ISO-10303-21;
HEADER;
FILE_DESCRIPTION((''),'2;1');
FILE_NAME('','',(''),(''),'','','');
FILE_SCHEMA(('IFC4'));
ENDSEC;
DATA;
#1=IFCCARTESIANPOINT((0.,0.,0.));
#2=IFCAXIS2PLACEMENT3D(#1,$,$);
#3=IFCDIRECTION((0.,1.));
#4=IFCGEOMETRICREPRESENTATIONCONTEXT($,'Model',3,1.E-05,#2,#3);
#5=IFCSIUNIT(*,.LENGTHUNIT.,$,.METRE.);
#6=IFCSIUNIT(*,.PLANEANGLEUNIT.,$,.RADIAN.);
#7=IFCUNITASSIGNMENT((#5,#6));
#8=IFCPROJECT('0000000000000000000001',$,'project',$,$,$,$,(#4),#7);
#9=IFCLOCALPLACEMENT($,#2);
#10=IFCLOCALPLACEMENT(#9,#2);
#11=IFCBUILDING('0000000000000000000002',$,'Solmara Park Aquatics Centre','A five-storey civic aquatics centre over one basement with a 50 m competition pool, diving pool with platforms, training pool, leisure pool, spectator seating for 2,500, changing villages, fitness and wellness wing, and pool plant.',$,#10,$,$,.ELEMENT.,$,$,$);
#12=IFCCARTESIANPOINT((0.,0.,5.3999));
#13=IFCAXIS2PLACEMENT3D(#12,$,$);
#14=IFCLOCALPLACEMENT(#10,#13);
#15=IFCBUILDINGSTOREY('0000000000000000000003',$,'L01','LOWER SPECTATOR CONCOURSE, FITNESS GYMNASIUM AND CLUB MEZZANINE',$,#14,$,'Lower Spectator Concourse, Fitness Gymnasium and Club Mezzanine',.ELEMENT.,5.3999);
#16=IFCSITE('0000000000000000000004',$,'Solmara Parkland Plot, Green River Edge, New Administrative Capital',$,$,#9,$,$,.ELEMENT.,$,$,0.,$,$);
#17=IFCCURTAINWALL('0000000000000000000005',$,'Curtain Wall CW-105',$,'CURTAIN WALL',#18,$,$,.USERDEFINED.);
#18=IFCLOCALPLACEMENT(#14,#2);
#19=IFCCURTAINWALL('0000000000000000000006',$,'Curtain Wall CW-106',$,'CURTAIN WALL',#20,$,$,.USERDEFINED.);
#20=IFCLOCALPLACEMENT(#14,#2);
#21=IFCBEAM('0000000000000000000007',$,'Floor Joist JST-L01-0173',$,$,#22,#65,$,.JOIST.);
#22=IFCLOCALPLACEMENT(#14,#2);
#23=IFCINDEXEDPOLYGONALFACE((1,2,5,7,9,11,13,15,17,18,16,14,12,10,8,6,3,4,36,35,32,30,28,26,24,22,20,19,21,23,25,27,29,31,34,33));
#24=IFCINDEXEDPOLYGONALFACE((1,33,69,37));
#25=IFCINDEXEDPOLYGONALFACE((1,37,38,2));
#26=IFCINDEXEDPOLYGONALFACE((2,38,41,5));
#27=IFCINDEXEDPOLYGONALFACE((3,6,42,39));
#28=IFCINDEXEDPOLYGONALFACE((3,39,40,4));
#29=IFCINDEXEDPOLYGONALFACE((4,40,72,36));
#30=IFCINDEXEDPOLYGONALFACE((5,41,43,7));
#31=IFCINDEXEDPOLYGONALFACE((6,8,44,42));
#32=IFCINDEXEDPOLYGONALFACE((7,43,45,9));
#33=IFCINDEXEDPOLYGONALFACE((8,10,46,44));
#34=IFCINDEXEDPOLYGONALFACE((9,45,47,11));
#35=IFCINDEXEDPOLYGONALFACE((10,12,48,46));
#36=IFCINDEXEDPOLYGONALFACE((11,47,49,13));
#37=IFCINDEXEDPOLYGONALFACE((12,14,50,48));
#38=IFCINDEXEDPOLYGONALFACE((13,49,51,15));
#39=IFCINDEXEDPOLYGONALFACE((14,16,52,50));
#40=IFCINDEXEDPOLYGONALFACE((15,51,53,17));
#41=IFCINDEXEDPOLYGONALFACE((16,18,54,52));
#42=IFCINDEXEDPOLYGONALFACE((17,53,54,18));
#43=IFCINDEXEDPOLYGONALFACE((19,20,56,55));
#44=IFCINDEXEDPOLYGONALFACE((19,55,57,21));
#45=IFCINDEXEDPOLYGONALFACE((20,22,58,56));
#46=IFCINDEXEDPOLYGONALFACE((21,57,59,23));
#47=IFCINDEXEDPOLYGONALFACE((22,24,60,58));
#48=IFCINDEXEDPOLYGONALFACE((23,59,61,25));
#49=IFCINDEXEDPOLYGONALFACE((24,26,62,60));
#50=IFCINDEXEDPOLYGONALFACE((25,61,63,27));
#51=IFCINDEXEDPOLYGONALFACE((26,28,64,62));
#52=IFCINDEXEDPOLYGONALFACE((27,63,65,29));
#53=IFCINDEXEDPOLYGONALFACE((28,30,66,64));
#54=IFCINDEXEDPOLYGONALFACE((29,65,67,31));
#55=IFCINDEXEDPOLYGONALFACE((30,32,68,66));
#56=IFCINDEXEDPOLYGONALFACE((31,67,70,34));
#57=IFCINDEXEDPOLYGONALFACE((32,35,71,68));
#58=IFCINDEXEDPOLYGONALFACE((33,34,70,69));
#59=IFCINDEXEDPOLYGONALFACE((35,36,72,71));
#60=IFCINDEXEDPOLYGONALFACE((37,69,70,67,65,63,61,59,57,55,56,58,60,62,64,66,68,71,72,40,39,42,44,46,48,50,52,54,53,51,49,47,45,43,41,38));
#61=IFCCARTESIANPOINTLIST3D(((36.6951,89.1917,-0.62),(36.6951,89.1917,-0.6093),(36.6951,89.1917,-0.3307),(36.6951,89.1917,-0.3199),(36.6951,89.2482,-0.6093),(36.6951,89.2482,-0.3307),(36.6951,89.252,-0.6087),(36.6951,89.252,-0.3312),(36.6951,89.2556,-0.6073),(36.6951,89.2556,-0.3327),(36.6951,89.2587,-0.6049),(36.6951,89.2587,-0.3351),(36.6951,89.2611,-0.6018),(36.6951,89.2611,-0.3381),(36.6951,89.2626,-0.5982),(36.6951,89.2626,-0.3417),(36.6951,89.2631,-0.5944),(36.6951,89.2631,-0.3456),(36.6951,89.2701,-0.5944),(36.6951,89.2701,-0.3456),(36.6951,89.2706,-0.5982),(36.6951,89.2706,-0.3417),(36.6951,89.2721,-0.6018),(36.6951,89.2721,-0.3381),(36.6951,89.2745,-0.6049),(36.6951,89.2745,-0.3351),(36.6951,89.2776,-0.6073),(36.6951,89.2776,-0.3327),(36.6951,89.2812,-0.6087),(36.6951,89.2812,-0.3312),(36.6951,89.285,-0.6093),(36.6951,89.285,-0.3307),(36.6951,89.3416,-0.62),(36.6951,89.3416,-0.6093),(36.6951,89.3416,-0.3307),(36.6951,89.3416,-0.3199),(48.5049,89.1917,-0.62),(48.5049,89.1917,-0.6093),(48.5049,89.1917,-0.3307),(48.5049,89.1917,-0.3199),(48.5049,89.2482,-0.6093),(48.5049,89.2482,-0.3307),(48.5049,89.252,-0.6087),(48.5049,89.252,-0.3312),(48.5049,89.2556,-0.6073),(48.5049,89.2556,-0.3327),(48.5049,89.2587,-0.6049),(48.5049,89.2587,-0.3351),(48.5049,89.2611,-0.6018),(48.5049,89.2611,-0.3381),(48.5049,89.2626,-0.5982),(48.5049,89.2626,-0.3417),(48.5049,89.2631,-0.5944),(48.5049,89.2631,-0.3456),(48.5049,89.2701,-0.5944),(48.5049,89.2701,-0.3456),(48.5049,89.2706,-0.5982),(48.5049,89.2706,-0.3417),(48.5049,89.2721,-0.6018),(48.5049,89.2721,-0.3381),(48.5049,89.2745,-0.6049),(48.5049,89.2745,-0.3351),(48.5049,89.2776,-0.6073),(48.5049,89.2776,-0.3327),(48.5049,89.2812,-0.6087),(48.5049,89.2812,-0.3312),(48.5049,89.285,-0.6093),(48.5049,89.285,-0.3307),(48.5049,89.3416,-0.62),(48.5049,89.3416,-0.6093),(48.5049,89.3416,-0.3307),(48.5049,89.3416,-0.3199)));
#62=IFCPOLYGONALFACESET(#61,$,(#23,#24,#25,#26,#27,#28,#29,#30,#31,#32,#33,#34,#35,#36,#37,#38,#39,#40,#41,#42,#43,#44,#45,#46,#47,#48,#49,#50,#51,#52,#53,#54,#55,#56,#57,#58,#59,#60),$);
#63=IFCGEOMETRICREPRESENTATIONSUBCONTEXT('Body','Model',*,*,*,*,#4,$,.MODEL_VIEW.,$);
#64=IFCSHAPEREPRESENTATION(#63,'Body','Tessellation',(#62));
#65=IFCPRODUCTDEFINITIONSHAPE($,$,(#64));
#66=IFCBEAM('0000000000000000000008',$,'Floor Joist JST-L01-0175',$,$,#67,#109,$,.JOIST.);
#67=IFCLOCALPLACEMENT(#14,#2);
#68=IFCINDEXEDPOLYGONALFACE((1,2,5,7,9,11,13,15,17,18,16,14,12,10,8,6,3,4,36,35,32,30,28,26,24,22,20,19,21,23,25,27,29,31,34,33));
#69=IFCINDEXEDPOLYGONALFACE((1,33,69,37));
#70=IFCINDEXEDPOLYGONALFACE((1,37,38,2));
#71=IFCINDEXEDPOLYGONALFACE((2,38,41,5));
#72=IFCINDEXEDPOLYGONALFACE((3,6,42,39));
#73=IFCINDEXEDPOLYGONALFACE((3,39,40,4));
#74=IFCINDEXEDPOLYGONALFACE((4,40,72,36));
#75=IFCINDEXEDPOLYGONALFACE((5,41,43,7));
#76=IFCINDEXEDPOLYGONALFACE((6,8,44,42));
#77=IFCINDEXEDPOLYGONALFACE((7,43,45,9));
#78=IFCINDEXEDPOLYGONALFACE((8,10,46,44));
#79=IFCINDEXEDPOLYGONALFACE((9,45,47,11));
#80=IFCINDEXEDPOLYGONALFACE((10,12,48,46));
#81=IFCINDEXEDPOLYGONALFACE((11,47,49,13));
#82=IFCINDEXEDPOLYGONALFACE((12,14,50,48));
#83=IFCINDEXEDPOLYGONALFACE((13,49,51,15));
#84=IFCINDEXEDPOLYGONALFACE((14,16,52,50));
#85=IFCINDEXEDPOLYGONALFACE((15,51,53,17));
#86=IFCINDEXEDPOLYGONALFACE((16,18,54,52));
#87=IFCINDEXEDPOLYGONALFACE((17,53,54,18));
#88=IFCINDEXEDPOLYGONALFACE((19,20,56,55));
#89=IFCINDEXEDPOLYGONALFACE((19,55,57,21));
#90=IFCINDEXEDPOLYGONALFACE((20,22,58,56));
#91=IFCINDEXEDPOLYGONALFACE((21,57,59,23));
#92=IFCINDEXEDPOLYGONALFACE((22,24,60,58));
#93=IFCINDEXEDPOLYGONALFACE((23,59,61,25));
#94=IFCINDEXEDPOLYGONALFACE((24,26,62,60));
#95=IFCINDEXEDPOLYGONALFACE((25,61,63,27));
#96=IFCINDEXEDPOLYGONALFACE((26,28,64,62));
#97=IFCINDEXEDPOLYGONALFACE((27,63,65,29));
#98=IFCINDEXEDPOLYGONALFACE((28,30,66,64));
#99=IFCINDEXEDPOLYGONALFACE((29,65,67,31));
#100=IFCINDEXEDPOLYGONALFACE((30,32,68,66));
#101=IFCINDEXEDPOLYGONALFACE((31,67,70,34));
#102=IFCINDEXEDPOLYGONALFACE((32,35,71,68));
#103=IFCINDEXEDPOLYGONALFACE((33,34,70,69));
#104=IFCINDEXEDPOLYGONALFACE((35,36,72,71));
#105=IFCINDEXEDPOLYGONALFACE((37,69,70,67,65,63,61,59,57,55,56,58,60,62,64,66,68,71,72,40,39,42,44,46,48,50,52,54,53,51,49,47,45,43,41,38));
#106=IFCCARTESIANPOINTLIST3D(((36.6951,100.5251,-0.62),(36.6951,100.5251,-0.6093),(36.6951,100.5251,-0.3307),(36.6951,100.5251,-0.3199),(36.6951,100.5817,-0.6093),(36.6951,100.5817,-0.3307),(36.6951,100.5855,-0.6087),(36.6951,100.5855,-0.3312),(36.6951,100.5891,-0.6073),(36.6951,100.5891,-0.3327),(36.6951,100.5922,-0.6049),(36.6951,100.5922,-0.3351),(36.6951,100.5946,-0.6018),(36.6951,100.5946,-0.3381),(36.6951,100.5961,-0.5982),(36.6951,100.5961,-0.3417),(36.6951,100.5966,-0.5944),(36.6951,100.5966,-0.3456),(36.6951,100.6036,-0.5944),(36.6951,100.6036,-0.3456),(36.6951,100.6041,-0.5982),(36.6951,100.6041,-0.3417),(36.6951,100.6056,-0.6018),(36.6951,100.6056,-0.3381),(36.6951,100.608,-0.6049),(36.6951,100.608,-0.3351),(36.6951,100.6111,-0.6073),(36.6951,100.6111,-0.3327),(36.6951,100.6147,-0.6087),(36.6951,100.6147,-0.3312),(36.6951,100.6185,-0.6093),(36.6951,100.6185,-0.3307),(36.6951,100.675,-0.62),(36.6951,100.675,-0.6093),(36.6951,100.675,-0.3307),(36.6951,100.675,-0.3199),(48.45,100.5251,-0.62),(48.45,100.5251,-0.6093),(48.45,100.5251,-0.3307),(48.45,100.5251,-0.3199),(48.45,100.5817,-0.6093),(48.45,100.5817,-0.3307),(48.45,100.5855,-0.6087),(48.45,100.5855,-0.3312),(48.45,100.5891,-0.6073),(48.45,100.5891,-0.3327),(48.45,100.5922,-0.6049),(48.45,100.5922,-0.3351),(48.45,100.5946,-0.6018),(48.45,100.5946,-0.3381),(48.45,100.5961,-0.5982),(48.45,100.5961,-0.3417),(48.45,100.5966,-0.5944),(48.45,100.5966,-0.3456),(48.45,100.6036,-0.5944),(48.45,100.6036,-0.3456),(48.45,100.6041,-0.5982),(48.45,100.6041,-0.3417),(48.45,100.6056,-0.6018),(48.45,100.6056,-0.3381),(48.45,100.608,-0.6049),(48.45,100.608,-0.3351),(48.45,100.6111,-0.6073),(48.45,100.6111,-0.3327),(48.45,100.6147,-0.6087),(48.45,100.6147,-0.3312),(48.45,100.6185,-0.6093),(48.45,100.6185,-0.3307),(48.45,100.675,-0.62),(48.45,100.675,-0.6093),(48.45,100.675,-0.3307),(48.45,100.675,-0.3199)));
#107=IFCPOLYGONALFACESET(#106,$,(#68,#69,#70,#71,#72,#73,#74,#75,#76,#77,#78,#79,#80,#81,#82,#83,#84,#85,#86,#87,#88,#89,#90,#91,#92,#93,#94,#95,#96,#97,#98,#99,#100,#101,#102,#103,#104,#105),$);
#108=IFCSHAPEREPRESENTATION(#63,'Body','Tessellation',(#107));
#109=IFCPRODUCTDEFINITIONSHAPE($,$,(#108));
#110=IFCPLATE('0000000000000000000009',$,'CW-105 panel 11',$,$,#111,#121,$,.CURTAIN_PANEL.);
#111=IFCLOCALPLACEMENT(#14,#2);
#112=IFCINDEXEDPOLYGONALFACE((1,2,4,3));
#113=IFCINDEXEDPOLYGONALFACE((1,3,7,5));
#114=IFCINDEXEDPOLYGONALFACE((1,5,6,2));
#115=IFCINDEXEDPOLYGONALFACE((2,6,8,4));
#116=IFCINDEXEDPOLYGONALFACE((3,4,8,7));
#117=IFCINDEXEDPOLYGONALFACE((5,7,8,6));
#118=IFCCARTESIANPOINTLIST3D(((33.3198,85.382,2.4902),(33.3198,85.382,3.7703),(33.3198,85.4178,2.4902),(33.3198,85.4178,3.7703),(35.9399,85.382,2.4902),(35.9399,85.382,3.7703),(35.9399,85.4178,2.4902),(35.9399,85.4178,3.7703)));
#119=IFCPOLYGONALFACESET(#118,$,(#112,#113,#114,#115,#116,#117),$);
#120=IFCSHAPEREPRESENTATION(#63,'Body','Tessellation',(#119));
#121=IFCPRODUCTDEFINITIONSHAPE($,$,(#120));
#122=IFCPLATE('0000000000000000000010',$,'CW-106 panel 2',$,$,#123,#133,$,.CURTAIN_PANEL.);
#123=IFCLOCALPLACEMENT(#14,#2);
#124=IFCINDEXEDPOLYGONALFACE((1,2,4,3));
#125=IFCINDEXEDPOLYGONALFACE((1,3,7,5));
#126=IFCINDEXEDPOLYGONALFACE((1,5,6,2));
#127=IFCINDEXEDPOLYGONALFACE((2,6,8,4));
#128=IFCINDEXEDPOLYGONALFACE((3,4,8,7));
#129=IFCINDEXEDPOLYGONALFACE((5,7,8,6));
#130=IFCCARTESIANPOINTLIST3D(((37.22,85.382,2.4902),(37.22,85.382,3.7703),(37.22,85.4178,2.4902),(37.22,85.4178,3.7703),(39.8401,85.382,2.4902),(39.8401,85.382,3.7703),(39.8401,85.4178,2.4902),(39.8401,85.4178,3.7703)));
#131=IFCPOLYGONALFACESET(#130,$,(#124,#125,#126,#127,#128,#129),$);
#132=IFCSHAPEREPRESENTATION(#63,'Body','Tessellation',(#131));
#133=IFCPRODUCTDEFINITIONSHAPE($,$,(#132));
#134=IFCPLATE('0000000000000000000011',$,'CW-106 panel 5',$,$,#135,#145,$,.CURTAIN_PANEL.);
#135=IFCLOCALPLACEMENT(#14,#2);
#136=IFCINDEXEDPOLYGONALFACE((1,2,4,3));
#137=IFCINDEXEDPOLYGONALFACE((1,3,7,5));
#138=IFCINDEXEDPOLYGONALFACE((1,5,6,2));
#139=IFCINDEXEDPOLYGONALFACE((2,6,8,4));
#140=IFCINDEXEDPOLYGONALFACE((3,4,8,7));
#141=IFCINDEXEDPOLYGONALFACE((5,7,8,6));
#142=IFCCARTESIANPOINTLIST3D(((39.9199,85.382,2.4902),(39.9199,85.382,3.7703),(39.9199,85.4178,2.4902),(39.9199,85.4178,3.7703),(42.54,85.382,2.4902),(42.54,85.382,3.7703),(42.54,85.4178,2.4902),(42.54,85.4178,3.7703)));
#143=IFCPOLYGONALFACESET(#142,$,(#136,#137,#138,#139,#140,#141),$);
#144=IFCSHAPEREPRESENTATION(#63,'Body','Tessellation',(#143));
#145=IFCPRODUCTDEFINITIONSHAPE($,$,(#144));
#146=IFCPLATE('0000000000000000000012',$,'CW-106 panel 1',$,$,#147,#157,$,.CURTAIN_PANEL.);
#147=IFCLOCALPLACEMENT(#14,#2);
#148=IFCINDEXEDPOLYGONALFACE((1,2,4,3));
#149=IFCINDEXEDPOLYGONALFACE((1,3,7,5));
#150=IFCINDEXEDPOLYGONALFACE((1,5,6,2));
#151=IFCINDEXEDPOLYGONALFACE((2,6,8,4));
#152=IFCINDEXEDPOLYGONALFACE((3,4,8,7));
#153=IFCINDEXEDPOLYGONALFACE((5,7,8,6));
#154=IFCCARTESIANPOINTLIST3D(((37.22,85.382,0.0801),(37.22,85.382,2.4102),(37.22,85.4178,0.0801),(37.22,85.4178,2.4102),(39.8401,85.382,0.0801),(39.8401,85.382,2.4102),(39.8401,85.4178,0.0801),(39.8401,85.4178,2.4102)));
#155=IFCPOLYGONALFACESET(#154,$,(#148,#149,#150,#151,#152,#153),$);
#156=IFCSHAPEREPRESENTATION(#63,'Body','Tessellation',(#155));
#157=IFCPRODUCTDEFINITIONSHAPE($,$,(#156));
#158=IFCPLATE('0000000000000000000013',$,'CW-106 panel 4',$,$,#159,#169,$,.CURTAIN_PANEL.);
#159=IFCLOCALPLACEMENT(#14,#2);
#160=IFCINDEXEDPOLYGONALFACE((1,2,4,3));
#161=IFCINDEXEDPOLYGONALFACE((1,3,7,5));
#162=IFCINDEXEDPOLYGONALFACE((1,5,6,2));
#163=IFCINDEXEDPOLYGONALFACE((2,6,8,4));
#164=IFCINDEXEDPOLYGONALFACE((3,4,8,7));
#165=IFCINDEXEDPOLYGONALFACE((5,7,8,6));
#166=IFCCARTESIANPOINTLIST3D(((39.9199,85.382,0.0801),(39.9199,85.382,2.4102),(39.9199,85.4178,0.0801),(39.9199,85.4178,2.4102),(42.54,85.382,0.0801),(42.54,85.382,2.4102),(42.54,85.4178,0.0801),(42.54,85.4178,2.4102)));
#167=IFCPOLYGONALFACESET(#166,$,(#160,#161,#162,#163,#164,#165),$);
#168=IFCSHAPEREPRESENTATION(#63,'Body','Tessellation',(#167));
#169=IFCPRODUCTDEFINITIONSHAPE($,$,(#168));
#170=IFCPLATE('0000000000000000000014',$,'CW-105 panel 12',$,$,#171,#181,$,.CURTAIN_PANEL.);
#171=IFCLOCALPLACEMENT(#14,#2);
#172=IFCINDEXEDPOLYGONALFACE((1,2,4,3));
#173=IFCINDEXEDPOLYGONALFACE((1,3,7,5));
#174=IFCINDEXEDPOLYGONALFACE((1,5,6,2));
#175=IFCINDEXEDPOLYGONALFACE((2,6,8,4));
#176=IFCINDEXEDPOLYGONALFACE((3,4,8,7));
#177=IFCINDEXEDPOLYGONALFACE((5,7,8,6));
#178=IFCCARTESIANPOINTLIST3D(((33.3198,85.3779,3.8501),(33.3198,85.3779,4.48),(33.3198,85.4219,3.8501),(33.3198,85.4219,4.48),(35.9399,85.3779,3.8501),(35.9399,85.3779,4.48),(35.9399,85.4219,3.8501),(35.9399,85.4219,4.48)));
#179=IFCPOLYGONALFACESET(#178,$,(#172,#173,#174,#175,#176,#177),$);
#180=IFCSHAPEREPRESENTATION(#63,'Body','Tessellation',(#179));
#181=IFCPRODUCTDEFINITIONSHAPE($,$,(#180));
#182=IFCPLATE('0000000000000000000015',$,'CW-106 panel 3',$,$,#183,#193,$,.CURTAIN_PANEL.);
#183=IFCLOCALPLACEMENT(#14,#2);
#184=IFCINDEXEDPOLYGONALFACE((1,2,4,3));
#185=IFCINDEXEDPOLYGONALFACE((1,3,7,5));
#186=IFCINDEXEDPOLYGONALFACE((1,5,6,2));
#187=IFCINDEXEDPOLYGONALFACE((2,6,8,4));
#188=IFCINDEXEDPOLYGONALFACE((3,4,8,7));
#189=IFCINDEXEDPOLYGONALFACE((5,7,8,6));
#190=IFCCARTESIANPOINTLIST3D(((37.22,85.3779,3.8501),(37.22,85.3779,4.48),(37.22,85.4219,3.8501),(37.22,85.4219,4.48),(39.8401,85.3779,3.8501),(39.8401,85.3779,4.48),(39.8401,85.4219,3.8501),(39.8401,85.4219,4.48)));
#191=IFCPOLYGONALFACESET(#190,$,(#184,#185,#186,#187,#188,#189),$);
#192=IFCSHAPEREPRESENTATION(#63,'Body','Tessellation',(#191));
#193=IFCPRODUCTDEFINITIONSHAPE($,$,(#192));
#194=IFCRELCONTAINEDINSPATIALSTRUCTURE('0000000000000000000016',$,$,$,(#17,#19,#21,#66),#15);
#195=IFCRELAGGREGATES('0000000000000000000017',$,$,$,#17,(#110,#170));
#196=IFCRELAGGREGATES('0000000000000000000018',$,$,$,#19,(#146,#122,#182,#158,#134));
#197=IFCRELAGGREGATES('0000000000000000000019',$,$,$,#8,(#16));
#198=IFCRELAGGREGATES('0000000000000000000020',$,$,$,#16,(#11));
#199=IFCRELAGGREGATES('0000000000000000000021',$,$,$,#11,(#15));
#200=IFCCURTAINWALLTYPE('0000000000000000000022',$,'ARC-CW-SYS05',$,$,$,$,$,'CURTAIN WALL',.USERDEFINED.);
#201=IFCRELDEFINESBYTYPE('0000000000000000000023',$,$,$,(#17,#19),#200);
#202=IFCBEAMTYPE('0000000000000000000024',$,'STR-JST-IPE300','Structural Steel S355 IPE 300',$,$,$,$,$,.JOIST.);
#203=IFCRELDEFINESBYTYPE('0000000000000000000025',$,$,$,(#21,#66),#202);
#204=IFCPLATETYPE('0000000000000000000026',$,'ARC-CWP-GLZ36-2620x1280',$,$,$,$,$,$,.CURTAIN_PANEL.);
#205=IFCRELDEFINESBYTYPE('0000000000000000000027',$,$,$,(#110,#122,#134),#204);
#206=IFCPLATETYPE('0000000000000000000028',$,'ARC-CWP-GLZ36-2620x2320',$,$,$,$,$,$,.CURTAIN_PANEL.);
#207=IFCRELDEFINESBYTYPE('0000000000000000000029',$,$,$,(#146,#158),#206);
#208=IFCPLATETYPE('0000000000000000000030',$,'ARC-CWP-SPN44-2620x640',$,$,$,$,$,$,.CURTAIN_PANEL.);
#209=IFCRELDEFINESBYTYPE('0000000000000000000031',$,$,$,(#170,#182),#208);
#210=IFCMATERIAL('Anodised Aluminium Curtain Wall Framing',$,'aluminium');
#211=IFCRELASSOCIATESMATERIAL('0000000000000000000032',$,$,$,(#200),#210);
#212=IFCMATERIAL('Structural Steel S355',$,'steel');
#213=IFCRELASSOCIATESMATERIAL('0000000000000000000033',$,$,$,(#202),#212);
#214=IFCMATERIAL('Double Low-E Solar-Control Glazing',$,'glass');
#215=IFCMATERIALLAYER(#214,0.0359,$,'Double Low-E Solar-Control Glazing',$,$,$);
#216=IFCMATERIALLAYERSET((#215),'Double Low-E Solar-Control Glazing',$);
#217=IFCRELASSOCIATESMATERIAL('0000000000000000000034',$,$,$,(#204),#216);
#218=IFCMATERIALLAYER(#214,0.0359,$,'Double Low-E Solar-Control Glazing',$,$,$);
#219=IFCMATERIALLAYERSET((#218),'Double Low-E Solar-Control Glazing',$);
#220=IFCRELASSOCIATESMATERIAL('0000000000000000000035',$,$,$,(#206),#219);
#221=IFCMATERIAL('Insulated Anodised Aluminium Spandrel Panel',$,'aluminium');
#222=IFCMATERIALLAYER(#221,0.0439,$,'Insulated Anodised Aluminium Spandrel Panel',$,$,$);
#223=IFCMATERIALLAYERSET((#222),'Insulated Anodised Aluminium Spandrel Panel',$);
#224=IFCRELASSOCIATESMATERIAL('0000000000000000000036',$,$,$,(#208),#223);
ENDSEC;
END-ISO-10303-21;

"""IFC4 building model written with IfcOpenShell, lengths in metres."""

from ifc_helpers import new_model, si_unit, direction, frame, origin, origin_2d, place, context, subcontext, project, spatial, rectangle, i_section, extrude, material, layer, layer_set, material_profile, profile_set, type_object, element, aggregate, save


model = new_model("IFC4")

# Units and contexts
model_context = context("Model", 3, precision=1e-05, world=origin(), true_north=direction((0.0, 1.0)))
body_context = subcontext(model_context, "Body", "Model", "MODEL_VIEW")
ifc_project = project(units=[si_unit("LENGTHUNIT", "METRE"), si_unit("PLANEANGLEUNIT", "RADIAN")], contexts=[model_context])

# Site, building, storey
site_placement = place(None, origin())
site = spatial("IfcSite", under=ifc_project, at=site_placement, Name="Solmara Parkland Plot, Green River Edge, New Administrative Capital", CompositionType="ELEMENT", RefElevation=0.0)
building_placement = place(site_placement, origin())
building = spatial("IfcBuilding", under=site, at=building_placement, Name="Solmara Park Aquatics Centre", Description="A five-storey civic aquatics centre over one basement with a 50 m competition pool, diving pool with platforms, training pool, leisure pool, spectator seating for 2,500, changing villages, fitness and wellness wing, and pool plant.", CompositionType="ELEMENT")
storey_placement = place(building_placement, frame((0.0, 0.0, 5.3999)))
storey = spatial("IfcBuildingStorey", under=building, at=storey_placement, Name="L01", Description="LOWER SPECTATOR CONCOURSE, FITNESS GYMNASIUM AND CLUB MEZZANINE", LongName="Lower Spectator Concourse, Fitness Gymnasium and Club Mezzanine", CompositionType="ELEMENT", Elevation=5.3999)

# Shared definitions
ifc_material_1 = material(Name="Structural Steel S355", Category="steel")

# Curtain wall
ifc_material_2 = material(Name="Anodised Aluminium Curtain Wall Framing", Category="aluminium")
curtain_wall_type = type_object("IfcCurtainWallType", Name="ARC-CW-SYS05", ElementType="CURTAIN WALL", PredefinedType="USERDEFINED", material=ifc_material_2)
curtain_wall_1_placement = place(storey_placement, origin())
curtain_wall_1 = element("IfcCurtainWall", 1, at=curtain_wall_1_placement, inside=storey, type_object=curtain_wall_type, Name="Curtain Wall CW-105", ObjectType="CURTAIN WALL", PredefinedType="USERDEFINED")

# Curtain wall
curtain_wall_2_placement = place(storey_placement, origin())
curtain_wall_2 = element("IfcCurtainWall", 2, at=curtain_wall_2_placement, inside=storey, type_object=curtain_wall_type, Name="Curtain Wall CW-106", ObjectType="CURTAIN WALL", PredefinedType="USERDEFINED")

# Beams
ifc_material_profile_1 = material_profile(ifc_material_1, i_section(OverallWidth=0.1499, OverallDepth=0.3, WebThickness=0.0071, FlangeThickness=0.0107, FilletRadius=0.0149, at=origin_2d()), Name="IPE 300")
ifc_profile_set_1 = profile_set([ifc_material_profile_1], Name="Structural Steel S355")
beam_type_1 = type_object("IfcBeamType", Name="STR-JST-IPE300", Description="Structural Steel S355 IPE 300", PredefinedType="JOIST", material=ifc_profile_set_1)
beam_1_placement = place(storey_placement, frame((36.6951, 89.2666, -0.47), z_axis=(1.0, 0.0, 0.0), x_axis=(0.0, 1.0, 0.0)))
element("IfcBeam", 3, at=beam_1_placement, inside=storey, type_object=beam_type_1, Name="Floor Joist JST-L01-0173", PredefinedType="JOIST", context=body_context, shape_type="SweptSolid", body=[
    extrude(i_section(OverallWidth=0.1499, OverallDepth=0.3, WebThickness=0.0071, FlangeThickness=0.0107, FilletRadius=0.0149, at=origin_2d()), origin(), (0.0, 0.0, 1.0), 11.8098),
])
beam_2_placement = place(storey_placement, frame((36.6951, 100.6001, -0.47), z_axis=(1.0, 0.0, 0.0), x_axis=(0.0, 1.0, 0.0)))
element("IfcBeam", 4, at=beam_2_placement, inside=storey, type_object=beam_type_1, Name="Floor Joist JST-L01-0175", PredefinedType="JOIST", context=body_context, shape_type="SweptSolid", body=[
    extrude(i_section(OverallWidth=0.1499, OverallDepth=0.3, WebThickness=0.0071, FlangeThickness=0.0107, FilletRadius=0.0149, at=origin_2d()), origin(), (0.0, 0.0, 1.0), 11.7549),
])

# Plates
ifc_material_3 = material(Name="Double Low-E Solar-Control Glazing", Category="glass")
ifc_layer_1 = layer(ifc_material_3, 0.0359, Name="Double Low-E Solar-Control Glazing")
ifc_layer_set_1 = layer_set([ifc_layer_1], Name="Double Low-E Solar-Control Glazing")
plate_type_1 = type_object("IfcPlateType", Name="ARC-CWP-GLZ36-2620x1280", PredefinedType="CURTAIN_PANEL", material=ifc_layer_set_1)
plate_1_placement = place(storey_placement, frame((34.6299, 85.3999, 2.4902), z_axis=(0.0, 0.0, 1.0), x_axis=(1.0, 0.0, 0.0)))
plate_1 = element("IfcPlate", 5, at=plate_1_placement, type_object=plate_type_1, Name="CW-105 panel 11", PredefinedType="CURTAIN_PANEL", context=body_context, shape_type="SweptSolid", body=[
    extrude(rectangle(XDim=2.6201, YDim=0.0359, at=origin_2d()), origin(), (0.0, 0.0, 1.0), 1.28),
])
plate_2_placement = place(storey_placement, frame((38.53, 85.3999, 2.4902), z_axis=(0.0, 0.0, 1.0), x_axis=(1.0, 0.0, 0.0)))
plate_2 = element("IfcPlate", 6, at=plate_2_placement, type_object=plate_type_1, Name="CW-106 panel 2", PredefinedType="CURTAIN_PANEL", context=body_context, shape_type="SweptSolid", body=[
    extrude(rectangle(XDim=2.6201, YDim=0.0359, at=origin_2d()), origin(), (0.0, 0.0, 1.0), 1.28),
])
plate_3_placement = place(storey_placement, frame((41.23, 85.3999, 2.4902), z_axis=(0.0, 0.0, 1.0), x_axis=(1.0, 0.0, 0.0)))
plate_3 = element("IfcPlate", 7, at=plate_3_placement, type_object=plate_type_1, Name="CW-106 panel 5", PredefinedType="CURTAIN_PANEL", context=body_context, shape_type="SweptSolid", body=[
    extrude(rectangle(XDim=2.6201, YDim=0.0359, at=origin_2d()), origin(), (0.0, 0.0, 1.0), 1.28),
])
ifc_layer_2 = layer(ifc_material_3, 0.0359, Name="Double Low-E Solar-Control Glazing")
ifc_layer_set_2 = layer_set([ifc_layer_2], Name="Double Low-E Solar-Control Glazing")
plate_type_2 = type_object("IfcPlateType", Name="ARC-CWP-GLZ36-2620x2320", PredefinedType="CURTAIN_PANEL", material=ifc_layer_set_2)
plate_4_placement = place(storey_placement, frame((38.53, 85.3999, 0.0801), z_axis=(0.0, 0.0, 1.0), x_axis=(1.0, 0.0, 0.0)))
plate_4 = element("IfcPlate", 8, at=plate_4_placement, type_object=plate_type_2, Name="CW-106 panel 1", PredefinedType="CURTAIN_PANEL", context=body_context, shape_type="SweptSolid", body=[
    extrude(rectangle(XDim=2.6201, YDim=0.0359, at=origin_2d()), origin(), (0.0, 0.0, 1.0), 2.3301),
])
plate_5_placement = place(storey_placement, frame((41.23, 85.3999, 0.0801), z_axis=(0.0, 0.0, 1.0), x_axis=(1.0, 0.0, 0.0)))
plate_5 = element("IfcPlate", 9, at=plate_5_placement, type_object=plate_type_2, Name="CW-106 panel 4", PredefinedType="CURTAIN_PANEL", context=body_context, shape_type="SweptSolid", body=[
    extrude(rectangle(XDim=2.6201, YDim=0.0359, at=origin_2d()), origin(), (0.0, 0.0, 1.0), 2.3301),
])
ifc_material_4 = material(Name="Insulated Anodised Aluminium Spandrel Panel", Category="aluminium")
ifc_layer_3 = layer(ifc_material_4, 0.0439, Name="Insulated Anodised Aluminium Spandrel Panel")
ifc_layer_set_3 = layer_set([ifc_layer_3], Name="Insulated Anodised Aluminium Spandrel Panel")
plate_type_3 = type_object("IfcPlateType", Name="ARC-CWP-SPN44-2620x640", PredefinedType="CURTAIN_PANEL", material=ifc_layer_set_3)
plate_6_placement = place(storey_placement, frame((34.6299, 85.3999, 3.8501), z_axis=(0.0, 0.0, 1.0), x_axis=(1.0, 0.0, 0.0)))
plate_6 = element("IfcPlate", 10, at=plate_6_placement, type_object=plate_type_3, Name="CW-105 panel 12", PredefinedType="CURTAIN_PANEL", context=body_context, shape_type="SweptSolid", body=[
    extrude(rectangle(XDim=2.6201, YDim=0.0439, at=origin_2d()), origin(), (0.0, 0.0, 1.0), 0.6299),
])
aggregate(curtain_wall_1, [plate_1, plate_6])
plate_7_placement = place(storey_placement, frame((38.53, 85.3999, 3.8501), z_axis=(0.0, 0.0, 1.0), x_axis=(1.0, 0.0, 0.0)))
plate_7 = element("IfcPlate", 11, at=plate_7_placement, type_object=plate_type_3, Name="CW-106 panel 3", PredefinedType="CURTAIN_PANEL", context=body_context, shape_type="SweptSolid", body=[
    extrude(rectangle(XDim=2.6201, YDim=0.0439, at=origin_2d()), origin(), (0.0, 0.0, 1.0), 0.6299),
])
aggregate(curtain_wall_2, [plate_4, plate_2, plate_7, plate_5, plate_3])

save(model, "model.ifc")
